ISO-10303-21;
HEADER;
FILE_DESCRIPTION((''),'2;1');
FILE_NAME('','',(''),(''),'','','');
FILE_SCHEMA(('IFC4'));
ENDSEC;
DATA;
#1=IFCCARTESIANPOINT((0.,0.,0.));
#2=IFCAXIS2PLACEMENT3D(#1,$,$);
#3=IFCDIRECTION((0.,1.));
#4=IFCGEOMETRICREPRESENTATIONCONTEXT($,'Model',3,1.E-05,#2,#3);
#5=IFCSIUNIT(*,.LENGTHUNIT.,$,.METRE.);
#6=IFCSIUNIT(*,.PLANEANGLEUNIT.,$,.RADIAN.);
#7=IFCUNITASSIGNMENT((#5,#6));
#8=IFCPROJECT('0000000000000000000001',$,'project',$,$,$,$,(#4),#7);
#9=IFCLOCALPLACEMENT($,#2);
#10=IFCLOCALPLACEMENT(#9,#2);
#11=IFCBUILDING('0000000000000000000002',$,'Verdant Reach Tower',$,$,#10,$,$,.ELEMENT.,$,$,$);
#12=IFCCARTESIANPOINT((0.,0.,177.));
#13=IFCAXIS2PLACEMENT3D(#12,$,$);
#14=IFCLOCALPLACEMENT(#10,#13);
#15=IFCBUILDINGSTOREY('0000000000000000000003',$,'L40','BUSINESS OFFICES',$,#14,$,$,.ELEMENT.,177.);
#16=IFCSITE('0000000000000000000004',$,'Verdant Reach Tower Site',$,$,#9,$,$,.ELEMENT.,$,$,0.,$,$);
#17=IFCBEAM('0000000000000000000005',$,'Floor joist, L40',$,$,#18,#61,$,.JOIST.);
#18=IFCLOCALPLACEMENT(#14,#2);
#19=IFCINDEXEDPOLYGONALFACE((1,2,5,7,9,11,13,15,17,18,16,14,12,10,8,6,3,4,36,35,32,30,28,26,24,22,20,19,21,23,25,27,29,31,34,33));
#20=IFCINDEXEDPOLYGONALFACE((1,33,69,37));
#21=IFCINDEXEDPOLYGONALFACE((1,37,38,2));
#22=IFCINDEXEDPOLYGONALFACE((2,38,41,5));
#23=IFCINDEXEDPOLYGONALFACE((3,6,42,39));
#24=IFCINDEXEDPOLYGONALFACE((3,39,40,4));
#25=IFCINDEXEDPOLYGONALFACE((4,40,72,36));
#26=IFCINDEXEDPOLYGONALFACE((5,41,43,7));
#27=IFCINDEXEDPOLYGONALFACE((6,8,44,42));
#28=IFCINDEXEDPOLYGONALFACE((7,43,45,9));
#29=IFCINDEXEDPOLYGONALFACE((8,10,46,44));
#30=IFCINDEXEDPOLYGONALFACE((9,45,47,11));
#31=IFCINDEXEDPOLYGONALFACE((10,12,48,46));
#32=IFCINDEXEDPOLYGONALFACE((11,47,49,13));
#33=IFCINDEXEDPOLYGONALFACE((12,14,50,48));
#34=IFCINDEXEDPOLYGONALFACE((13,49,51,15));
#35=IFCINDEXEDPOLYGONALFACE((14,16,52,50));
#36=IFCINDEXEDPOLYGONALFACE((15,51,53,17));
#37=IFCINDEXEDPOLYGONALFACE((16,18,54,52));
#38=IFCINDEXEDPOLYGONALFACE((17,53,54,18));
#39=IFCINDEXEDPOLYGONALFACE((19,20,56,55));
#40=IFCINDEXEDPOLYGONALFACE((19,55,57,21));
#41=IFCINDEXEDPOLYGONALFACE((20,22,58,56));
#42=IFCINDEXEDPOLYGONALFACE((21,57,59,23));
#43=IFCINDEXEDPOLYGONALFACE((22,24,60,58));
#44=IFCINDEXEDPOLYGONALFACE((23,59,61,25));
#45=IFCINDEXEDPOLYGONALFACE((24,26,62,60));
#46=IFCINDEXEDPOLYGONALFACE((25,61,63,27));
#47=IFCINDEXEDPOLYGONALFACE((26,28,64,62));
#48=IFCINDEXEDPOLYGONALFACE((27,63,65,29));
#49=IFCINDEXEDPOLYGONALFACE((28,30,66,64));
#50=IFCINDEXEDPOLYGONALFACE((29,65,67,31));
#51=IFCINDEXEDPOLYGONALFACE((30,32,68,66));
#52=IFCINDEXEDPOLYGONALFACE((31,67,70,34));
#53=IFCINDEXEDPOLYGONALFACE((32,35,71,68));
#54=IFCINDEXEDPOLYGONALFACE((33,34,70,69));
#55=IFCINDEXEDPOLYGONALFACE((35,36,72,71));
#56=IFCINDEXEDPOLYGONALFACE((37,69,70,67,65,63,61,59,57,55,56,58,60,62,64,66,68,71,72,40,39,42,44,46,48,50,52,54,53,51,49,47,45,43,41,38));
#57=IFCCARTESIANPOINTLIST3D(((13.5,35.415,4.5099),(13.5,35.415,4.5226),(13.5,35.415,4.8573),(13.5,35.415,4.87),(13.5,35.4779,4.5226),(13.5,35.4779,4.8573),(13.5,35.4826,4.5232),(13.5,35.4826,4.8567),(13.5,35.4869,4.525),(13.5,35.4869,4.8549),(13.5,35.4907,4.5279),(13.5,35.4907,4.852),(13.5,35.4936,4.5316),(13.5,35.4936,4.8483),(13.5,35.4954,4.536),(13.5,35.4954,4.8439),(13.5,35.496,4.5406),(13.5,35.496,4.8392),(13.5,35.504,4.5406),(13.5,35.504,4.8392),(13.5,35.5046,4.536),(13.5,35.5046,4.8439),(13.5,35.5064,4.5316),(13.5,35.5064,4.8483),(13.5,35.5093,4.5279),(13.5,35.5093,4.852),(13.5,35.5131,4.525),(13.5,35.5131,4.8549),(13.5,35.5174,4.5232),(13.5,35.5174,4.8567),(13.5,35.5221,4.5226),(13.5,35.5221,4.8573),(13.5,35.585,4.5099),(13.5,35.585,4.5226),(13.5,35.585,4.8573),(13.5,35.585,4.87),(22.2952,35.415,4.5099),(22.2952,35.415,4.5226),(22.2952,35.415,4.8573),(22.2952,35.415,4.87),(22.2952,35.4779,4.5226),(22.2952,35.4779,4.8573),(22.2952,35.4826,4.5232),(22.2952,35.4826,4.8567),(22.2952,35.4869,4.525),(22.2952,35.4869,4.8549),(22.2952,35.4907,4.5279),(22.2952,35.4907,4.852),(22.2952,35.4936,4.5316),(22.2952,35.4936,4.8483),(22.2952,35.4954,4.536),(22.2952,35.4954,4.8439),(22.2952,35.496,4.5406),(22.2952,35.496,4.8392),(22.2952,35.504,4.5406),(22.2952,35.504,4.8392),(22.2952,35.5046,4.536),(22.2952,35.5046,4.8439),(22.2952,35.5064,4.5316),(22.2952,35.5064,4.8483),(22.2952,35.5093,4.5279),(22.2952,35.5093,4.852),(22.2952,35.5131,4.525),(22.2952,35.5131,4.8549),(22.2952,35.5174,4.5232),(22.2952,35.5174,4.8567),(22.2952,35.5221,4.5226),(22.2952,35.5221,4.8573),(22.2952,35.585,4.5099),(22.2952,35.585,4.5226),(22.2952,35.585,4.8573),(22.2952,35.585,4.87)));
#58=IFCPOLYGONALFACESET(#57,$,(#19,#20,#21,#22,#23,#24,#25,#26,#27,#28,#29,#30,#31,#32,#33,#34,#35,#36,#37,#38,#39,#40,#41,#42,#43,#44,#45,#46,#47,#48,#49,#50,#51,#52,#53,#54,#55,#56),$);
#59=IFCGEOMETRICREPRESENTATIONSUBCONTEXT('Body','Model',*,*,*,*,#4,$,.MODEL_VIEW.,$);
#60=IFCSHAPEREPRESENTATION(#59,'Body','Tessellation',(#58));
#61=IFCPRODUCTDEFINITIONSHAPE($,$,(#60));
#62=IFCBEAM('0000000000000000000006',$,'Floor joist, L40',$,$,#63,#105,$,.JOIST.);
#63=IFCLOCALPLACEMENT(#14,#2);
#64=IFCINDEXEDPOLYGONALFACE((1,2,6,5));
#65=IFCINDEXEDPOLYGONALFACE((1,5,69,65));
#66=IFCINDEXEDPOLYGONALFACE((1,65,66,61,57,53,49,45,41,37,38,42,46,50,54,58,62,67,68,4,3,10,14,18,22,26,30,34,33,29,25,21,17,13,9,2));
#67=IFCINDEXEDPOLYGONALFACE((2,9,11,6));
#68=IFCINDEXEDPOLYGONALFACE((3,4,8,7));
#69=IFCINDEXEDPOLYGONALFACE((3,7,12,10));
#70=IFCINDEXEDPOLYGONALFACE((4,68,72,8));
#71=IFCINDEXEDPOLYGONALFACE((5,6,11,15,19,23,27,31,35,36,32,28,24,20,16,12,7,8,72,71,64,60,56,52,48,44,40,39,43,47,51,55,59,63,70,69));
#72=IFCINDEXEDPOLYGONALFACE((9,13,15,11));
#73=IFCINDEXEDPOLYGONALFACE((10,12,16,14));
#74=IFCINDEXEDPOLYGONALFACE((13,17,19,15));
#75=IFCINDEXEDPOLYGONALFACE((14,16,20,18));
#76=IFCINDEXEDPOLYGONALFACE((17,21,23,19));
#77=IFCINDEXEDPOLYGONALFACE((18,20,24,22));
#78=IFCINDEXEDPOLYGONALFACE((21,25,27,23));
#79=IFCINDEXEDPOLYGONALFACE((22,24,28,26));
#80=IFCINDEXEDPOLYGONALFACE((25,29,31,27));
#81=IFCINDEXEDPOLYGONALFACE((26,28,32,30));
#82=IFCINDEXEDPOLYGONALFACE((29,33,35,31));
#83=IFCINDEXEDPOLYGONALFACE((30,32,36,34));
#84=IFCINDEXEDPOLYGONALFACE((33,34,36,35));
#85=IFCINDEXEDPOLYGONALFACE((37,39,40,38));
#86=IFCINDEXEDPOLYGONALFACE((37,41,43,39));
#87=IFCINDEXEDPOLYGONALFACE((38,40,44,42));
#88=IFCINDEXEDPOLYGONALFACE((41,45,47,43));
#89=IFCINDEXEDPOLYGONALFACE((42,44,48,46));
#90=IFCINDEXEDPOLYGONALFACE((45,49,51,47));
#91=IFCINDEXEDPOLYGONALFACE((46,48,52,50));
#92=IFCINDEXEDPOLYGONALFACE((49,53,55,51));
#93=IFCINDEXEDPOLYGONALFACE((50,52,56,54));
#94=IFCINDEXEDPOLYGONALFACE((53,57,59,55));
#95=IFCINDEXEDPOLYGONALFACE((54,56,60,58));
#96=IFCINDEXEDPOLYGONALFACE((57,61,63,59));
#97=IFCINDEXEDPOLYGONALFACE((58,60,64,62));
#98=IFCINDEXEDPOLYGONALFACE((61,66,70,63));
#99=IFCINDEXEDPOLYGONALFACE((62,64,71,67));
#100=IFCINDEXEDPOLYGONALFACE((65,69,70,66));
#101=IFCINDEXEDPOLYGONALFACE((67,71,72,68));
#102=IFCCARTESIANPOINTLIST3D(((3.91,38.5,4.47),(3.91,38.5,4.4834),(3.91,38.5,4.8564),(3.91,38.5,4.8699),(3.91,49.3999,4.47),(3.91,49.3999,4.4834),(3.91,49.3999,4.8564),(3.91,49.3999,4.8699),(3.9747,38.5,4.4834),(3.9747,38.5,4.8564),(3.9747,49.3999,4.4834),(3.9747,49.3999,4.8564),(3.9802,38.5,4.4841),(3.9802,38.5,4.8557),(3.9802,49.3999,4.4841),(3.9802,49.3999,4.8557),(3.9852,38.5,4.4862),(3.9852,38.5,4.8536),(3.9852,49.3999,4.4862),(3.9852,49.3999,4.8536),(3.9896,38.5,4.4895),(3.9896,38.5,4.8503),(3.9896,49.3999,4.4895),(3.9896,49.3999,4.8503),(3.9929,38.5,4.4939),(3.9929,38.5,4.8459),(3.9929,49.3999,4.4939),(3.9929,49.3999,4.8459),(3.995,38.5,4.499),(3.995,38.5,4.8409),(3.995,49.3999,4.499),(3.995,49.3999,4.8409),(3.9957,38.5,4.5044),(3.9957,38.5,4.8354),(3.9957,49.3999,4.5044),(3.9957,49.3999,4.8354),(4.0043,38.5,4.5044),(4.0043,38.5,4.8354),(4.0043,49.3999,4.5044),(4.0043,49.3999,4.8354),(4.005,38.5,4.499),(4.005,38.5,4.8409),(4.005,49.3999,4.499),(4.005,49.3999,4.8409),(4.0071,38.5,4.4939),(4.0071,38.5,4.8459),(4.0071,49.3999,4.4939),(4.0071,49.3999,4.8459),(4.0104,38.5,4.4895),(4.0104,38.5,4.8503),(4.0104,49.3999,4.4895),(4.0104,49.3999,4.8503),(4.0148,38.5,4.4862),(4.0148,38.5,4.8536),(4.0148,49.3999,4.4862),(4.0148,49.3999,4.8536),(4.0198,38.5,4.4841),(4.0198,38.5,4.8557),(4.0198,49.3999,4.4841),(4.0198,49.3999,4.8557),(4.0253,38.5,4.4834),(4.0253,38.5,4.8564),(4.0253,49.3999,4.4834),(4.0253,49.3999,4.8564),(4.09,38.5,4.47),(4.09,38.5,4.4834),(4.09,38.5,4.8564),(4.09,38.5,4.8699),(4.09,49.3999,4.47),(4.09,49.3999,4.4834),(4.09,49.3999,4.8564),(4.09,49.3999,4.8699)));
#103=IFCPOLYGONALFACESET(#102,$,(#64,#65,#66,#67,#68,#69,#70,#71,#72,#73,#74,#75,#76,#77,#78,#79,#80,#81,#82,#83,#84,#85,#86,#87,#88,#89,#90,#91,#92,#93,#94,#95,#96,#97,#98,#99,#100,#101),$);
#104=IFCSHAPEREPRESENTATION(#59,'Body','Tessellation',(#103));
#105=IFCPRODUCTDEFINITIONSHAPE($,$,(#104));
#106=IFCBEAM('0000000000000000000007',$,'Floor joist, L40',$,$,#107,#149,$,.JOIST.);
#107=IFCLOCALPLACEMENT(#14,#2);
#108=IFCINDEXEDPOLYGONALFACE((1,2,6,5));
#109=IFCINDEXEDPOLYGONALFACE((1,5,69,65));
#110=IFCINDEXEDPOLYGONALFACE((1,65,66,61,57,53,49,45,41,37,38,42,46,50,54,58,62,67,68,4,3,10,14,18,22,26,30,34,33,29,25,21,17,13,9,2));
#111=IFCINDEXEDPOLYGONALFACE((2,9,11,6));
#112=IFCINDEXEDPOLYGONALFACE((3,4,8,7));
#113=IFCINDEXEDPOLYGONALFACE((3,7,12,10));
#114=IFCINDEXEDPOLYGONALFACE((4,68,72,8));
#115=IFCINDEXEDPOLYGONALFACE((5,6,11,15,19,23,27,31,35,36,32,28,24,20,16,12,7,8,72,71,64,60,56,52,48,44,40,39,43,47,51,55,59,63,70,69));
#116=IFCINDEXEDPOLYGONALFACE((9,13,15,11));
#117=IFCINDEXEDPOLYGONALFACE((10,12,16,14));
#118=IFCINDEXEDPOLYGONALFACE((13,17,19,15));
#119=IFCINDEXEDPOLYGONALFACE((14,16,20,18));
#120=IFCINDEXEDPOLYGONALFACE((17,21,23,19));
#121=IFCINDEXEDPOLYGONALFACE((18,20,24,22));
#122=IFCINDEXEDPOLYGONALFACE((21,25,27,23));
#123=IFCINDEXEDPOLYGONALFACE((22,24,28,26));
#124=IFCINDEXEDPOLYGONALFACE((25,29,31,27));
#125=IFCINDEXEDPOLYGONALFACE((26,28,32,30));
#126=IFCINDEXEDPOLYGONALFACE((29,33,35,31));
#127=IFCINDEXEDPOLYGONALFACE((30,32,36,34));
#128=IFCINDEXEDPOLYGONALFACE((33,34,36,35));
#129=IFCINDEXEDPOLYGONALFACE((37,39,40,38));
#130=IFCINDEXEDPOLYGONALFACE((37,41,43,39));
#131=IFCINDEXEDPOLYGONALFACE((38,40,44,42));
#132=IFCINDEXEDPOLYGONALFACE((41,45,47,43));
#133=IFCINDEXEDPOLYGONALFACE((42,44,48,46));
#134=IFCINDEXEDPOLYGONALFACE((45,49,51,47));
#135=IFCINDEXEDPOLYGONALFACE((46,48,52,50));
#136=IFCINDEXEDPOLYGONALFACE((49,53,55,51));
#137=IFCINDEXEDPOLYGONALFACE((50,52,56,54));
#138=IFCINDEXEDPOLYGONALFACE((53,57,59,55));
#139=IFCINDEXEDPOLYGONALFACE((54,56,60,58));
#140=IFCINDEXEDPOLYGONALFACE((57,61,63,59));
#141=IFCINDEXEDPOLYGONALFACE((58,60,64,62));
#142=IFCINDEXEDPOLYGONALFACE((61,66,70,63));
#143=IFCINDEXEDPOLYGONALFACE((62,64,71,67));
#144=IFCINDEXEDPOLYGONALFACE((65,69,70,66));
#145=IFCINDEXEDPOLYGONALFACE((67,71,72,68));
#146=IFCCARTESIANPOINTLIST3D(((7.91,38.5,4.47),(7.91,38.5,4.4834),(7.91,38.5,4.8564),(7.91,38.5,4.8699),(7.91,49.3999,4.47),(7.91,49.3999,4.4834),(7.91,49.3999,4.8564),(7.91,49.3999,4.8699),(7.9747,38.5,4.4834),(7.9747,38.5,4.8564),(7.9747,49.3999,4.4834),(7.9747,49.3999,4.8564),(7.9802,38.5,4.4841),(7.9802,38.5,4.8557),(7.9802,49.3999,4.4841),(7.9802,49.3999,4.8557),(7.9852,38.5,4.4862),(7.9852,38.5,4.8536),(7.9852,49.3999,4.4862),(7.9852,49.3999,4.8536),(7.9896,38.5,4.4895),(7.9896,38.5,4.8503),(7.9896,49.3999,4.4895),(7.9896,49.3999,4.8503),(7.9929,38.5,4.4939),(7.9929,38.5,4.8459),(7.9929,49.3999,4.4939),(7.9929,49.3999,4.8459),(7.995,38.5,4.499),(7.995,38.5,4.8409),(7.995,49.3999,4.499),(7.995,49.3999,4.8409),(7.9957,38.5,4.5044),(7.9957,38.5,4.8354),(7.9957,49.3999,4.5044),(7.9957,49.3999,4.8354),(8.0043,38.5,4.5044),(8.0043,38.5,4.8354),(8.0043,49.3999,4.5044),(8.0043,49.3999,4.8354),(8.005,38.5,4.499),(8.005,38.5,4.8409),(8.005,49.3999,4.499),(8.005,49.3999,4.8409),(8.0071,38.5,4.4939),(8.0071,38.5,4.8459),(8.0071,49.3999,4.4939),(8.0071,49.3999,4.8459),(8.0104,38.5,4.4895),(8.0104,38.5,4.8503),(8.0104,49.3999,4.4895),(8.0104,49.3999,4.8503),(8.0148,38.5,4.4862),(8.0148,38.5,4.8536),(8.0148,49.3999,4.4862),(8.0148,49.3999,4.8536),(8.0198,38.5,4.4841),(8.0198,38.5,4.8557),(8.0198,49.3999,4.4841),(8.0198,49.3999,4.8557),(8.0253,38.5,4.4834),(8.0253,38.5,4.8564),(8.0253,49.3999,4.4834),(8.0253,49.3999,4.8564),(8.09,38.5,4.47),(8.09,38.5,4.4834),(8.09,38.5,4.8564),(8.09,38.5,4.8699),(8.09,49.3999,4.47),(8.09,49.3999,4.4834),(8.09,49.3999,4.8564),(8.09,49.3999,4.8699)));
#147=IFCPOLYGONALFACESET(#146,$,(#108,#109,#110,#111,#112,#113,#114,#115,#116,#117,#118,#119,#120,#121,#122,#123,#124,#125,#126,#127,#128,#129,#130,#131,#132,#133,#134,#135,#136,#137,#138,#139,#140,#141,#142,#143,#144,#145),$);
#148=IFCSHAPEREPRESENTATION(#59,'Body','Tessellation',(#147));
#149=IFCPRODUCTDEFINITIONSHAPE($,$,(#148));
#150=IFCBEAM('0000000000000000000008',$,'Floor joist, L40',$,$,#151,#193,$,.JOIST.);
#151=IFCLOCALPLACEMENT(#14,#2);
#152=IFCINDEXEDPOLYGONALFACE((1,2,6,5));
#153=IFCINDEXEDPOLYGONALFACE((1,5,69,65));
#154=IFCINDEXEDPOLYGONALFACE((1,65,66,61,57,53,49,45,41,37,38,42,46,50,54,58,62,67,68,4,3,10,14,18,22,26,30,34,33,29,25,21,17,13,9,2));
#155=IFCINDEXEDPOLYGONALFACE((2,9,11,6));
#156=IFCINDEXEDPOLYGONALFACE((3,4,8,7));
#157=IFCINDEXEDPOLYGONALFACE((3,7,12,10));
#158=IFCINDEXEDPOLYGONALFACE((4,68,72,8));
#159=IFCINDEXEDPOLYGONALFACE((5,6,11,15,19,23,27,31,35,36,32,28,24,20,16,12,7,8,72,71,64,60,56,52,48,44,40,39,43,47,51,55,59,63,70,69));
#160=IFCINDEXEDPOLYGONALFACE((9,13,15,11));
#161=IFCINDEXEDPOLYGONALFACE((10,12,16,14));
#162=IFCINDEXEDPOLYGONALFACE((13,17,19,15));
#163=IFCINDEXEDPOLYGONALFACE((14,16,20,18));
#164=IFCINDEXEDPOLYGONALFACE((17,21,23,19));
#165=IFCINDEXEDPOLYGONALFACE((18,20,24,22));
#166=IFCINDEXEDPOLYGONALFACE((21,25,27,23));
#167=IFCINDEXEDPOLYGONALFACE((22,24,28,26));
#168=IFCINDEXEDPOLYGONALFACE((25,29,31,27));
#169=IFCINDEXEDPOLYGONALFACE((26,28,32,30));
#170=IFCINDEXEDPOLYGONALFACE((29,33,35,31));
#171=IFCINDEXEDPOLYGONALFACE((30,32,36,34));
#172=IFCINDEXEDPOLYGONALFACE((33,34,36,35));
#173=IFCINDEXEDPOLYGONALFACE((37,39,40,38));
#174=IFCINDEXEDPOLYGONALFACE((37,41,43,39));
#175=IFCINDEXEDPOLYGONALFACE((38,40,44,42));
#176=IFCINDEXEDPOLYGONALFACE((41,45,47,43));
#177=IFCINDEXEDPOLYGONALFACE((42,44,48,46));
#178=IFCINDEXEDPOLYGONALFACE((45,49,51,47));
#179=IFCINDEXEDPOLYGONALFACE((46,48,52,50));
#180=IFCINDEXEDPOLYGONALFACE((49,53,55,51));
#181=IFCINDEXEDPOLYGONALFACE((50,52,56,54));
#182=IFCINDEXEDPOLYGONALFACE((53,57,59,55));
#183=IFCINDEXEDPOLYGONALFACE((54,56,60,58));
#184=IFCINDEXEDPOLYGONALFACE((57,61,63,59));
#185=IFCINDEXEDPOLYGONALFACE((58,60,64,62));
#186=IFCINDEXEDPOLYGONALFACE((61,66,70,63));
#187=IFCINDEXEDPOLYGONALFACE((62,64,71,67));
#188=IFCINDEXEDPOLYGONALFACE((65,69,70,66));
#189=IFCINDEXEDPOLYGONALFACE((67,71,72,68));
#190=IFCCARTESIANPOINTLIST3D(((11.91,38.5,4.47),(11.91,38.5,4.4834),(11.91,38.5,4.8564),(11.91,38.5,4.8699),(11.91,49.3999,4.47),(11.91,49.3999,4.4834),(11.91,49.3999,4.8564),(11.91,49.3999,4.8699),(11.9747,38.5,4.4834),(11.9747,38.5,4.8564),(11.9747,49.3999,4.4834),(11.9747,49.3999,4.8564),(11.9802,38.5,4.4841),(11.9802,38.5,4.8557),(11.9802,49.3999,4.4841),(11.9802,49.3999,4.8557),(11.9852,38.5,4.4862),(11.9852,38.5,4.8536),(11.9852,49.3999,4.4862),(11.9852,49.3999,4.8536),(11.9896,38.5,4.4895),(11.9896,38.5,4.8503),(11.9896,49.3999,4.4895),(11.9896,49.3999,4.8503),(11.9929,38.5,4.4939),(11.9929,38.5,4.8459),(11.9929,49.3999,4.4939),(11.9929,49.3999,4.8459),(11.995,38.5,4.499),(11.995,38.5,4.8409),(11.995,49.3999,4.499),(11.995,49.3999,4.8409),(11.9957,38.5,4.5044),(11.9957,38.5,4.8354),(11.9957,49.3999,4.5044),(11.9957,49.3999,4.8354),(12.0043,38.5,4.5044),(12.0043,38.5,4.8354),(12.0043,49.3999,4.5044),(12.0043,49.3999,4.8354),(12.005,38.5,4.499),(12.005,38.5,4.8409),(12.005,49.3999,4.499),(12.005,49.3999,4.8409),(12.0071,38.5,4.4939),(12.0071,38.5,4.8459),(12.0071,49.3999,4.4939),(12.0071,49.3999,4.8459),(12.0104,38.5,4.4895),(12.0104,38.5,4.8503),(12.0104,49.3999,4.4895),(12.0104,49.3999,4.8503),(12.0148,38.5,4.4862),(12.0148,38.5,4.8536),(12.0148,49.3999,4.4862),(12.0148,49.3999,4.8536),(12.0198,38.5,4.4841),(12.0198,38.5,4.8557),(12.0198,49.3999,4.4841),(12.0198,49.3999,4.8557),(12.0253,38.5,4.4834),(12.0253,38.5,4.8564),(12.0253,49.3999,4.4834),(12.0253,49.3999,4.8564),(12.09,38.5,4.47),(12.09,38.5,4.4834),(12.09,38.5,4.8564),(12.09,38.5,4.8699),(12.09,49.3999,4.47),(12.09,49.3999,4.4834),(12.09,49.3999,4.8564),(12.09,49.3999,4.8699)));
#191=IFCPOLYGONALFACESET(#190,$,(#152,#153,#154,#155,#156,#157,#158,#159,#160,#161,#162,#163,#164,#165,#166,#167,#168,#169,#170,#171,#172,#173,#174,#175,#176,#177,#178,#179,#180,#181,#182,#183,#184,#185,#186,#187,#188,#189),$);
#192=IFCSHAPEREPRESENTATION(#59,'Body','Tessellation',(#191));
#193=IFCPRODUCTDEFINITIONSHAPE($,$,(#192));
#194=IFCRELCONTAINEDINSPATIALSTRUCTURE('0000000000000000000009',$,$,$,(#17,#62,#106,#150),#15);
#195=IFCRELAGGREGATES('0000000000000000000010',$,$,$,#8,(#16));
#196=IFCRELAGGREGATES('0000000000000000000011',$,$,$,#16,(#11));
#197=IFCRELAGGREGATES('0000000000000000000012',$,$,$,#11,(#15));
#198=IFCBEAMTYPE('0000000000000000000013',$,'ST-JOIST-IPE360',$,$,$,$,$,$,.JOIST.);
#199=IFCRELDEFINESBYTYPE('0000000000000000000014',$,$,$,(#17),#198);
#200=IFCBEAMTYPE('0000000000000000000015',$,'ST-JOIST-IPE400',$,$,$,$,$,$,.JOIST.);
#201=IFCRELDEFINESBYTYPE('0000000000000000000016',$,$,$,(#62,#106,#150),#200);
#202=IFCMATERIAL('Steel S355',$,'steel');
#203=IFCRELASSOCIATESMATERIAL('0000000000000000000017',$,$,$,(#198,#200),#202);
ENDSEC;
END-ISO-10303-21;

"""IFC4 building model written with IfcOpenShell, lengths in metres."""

from ifc_helpers import new_model, si_unit, direction, frame, origin, origin_2d, place, context, subcontext, project, spatial, i_section, extrude, material, material_profile, profile_set, type_object, element, save


model = new_model("IFC4")

# Units and contexts
model_context = context("Model", 3, precision=1e-05, world=origin(), true_north=direction((0.0, 1.0)))
body_context = subcontext(model_context, "Body", "Model", "MODEL_VIEW")
ifc_project = project(units=[si_unit("LENGTHUNIT", "METRE"), si_unit("PLANEANGLEUNIT", "RADIAN")], contexts=[model_context])

# Site, building, storey
site_placement = place(None, origin())
site = spatial("IfcSite", under=ifc_project, at=site_placement, Name="Verdant Reach Tower Site", CompositionType="ELEMENT", RefElevation=0.0)
building_placement = place(site_placement, origin())
building = spatial("IfcBuilding", under=site, at=building_placement, Name="Verdant Reach Tower", CompositionType="ELEMENT")
storey_placement = place(building_placement, frame((0.0, 0.0, 177.0)))
storey = spatial("IfcBuildingStorey", under=building, at=storey_placement, Name="L40", Description="BUSINESS OFFICES", CompositionType="ELEMENT", Elevation=177.0)

# Beams
ifc_material_1 = material(Name="Steel S355", Category="steel")
ifc_material_profile_1 = material_profile(ifc_material_1, i_section(OverallWidth=0.1699, OverallDepth=0.3601, WebThickness=0.0081, FlangeThickness=0.0127, FilletRadius=0.0181, at=origin_2d()), Name="IPE 360")
ifc_profile_set_1 = profile_set([ifc_material_profile_1], Name="Steel S355")
beam_type_1 = type_object("IfcBeamType", Name="ST-JOIST-IPE360", PredefinedType="JOIST", material=ifc_profile_set_1)
beam_1_placement = place(storey_placement, frame((13.5, 35.5, 4.6899), z_axis=(1.0, 0.0, 0.0), x_axis=(0.0, 1.0, 0.0)))
element("IfcBeam", 1, at=beam_1_placement, inside=storey, type_object=beam_type_1, Name="Floor joist, L40", PredefinedType="JOIST", context=body_context, shape_type="SweptSolid", body=[
    extrude(i_section(OverallWidth=0.1699, OverallDepth=0.3601, WebThickness=0.0081, FlangeThickness=0.0127, FilletRadius=0.0181, at=origin_2d()), origin(), (0.0, 0.0, 1.0), 8.7952),
])
ifc_material_profile_2 = material_profile(ifc_material_1, i_section(OverallWidth=0.1799, OverallDepth=0.3999, WebThickness=0.0085, FlangeThickness=0.0134, FilletRadius=0.021, at=origin_2d()), Name="IPE 400")
ifc_profile_set_2 = profile_set([ifc_material_profile_2], Name="Steel S355")
beam_type_2 = type_object("IfcBeamType", Name="ST-JOIST-IPE400", PredefinedType="JOIST", material=ifc_profile_set_2)
for number, where, z_axis, x_axis, name in (
    (2, (4.0, 38.5, 4.6699), (0.0, 1.0, 0.0), (-1.0, 0.0, 0.0), "Floor joist, L40"),
    (3, (8.0, 38.5, 4.6699), (0.0, 1.0, 0.0), (-1.0, 0.0, 0.0), "Floor joist, L40"),
    (4, (12.0, 38.5, 4.6699), (0.0, 1.0, 0.0), (-1.0, 0.0, 0.0), "Floor joist, L40"),
):
    element("IfcBeam", number, at=place(storey_placement, frame(where, z_axis=z_axis, x_axis=x_axis)), inside=storey, type_object=beam_type_2, Name=name, PredefinedType="JOIST", context=body_context, shape_type="SweptSolid", body=[
        extrude(i_section(OverallWidth=0.1799, OverallDepth=0.3999, WebThickness=0.0085, FlangeThickness=0.0134, FilletRadius=0.021, at=origin_2d()), origin(), (0.0, 0.0, 1.0), 10.8999),
    ])

save(model, "model.ifc")
